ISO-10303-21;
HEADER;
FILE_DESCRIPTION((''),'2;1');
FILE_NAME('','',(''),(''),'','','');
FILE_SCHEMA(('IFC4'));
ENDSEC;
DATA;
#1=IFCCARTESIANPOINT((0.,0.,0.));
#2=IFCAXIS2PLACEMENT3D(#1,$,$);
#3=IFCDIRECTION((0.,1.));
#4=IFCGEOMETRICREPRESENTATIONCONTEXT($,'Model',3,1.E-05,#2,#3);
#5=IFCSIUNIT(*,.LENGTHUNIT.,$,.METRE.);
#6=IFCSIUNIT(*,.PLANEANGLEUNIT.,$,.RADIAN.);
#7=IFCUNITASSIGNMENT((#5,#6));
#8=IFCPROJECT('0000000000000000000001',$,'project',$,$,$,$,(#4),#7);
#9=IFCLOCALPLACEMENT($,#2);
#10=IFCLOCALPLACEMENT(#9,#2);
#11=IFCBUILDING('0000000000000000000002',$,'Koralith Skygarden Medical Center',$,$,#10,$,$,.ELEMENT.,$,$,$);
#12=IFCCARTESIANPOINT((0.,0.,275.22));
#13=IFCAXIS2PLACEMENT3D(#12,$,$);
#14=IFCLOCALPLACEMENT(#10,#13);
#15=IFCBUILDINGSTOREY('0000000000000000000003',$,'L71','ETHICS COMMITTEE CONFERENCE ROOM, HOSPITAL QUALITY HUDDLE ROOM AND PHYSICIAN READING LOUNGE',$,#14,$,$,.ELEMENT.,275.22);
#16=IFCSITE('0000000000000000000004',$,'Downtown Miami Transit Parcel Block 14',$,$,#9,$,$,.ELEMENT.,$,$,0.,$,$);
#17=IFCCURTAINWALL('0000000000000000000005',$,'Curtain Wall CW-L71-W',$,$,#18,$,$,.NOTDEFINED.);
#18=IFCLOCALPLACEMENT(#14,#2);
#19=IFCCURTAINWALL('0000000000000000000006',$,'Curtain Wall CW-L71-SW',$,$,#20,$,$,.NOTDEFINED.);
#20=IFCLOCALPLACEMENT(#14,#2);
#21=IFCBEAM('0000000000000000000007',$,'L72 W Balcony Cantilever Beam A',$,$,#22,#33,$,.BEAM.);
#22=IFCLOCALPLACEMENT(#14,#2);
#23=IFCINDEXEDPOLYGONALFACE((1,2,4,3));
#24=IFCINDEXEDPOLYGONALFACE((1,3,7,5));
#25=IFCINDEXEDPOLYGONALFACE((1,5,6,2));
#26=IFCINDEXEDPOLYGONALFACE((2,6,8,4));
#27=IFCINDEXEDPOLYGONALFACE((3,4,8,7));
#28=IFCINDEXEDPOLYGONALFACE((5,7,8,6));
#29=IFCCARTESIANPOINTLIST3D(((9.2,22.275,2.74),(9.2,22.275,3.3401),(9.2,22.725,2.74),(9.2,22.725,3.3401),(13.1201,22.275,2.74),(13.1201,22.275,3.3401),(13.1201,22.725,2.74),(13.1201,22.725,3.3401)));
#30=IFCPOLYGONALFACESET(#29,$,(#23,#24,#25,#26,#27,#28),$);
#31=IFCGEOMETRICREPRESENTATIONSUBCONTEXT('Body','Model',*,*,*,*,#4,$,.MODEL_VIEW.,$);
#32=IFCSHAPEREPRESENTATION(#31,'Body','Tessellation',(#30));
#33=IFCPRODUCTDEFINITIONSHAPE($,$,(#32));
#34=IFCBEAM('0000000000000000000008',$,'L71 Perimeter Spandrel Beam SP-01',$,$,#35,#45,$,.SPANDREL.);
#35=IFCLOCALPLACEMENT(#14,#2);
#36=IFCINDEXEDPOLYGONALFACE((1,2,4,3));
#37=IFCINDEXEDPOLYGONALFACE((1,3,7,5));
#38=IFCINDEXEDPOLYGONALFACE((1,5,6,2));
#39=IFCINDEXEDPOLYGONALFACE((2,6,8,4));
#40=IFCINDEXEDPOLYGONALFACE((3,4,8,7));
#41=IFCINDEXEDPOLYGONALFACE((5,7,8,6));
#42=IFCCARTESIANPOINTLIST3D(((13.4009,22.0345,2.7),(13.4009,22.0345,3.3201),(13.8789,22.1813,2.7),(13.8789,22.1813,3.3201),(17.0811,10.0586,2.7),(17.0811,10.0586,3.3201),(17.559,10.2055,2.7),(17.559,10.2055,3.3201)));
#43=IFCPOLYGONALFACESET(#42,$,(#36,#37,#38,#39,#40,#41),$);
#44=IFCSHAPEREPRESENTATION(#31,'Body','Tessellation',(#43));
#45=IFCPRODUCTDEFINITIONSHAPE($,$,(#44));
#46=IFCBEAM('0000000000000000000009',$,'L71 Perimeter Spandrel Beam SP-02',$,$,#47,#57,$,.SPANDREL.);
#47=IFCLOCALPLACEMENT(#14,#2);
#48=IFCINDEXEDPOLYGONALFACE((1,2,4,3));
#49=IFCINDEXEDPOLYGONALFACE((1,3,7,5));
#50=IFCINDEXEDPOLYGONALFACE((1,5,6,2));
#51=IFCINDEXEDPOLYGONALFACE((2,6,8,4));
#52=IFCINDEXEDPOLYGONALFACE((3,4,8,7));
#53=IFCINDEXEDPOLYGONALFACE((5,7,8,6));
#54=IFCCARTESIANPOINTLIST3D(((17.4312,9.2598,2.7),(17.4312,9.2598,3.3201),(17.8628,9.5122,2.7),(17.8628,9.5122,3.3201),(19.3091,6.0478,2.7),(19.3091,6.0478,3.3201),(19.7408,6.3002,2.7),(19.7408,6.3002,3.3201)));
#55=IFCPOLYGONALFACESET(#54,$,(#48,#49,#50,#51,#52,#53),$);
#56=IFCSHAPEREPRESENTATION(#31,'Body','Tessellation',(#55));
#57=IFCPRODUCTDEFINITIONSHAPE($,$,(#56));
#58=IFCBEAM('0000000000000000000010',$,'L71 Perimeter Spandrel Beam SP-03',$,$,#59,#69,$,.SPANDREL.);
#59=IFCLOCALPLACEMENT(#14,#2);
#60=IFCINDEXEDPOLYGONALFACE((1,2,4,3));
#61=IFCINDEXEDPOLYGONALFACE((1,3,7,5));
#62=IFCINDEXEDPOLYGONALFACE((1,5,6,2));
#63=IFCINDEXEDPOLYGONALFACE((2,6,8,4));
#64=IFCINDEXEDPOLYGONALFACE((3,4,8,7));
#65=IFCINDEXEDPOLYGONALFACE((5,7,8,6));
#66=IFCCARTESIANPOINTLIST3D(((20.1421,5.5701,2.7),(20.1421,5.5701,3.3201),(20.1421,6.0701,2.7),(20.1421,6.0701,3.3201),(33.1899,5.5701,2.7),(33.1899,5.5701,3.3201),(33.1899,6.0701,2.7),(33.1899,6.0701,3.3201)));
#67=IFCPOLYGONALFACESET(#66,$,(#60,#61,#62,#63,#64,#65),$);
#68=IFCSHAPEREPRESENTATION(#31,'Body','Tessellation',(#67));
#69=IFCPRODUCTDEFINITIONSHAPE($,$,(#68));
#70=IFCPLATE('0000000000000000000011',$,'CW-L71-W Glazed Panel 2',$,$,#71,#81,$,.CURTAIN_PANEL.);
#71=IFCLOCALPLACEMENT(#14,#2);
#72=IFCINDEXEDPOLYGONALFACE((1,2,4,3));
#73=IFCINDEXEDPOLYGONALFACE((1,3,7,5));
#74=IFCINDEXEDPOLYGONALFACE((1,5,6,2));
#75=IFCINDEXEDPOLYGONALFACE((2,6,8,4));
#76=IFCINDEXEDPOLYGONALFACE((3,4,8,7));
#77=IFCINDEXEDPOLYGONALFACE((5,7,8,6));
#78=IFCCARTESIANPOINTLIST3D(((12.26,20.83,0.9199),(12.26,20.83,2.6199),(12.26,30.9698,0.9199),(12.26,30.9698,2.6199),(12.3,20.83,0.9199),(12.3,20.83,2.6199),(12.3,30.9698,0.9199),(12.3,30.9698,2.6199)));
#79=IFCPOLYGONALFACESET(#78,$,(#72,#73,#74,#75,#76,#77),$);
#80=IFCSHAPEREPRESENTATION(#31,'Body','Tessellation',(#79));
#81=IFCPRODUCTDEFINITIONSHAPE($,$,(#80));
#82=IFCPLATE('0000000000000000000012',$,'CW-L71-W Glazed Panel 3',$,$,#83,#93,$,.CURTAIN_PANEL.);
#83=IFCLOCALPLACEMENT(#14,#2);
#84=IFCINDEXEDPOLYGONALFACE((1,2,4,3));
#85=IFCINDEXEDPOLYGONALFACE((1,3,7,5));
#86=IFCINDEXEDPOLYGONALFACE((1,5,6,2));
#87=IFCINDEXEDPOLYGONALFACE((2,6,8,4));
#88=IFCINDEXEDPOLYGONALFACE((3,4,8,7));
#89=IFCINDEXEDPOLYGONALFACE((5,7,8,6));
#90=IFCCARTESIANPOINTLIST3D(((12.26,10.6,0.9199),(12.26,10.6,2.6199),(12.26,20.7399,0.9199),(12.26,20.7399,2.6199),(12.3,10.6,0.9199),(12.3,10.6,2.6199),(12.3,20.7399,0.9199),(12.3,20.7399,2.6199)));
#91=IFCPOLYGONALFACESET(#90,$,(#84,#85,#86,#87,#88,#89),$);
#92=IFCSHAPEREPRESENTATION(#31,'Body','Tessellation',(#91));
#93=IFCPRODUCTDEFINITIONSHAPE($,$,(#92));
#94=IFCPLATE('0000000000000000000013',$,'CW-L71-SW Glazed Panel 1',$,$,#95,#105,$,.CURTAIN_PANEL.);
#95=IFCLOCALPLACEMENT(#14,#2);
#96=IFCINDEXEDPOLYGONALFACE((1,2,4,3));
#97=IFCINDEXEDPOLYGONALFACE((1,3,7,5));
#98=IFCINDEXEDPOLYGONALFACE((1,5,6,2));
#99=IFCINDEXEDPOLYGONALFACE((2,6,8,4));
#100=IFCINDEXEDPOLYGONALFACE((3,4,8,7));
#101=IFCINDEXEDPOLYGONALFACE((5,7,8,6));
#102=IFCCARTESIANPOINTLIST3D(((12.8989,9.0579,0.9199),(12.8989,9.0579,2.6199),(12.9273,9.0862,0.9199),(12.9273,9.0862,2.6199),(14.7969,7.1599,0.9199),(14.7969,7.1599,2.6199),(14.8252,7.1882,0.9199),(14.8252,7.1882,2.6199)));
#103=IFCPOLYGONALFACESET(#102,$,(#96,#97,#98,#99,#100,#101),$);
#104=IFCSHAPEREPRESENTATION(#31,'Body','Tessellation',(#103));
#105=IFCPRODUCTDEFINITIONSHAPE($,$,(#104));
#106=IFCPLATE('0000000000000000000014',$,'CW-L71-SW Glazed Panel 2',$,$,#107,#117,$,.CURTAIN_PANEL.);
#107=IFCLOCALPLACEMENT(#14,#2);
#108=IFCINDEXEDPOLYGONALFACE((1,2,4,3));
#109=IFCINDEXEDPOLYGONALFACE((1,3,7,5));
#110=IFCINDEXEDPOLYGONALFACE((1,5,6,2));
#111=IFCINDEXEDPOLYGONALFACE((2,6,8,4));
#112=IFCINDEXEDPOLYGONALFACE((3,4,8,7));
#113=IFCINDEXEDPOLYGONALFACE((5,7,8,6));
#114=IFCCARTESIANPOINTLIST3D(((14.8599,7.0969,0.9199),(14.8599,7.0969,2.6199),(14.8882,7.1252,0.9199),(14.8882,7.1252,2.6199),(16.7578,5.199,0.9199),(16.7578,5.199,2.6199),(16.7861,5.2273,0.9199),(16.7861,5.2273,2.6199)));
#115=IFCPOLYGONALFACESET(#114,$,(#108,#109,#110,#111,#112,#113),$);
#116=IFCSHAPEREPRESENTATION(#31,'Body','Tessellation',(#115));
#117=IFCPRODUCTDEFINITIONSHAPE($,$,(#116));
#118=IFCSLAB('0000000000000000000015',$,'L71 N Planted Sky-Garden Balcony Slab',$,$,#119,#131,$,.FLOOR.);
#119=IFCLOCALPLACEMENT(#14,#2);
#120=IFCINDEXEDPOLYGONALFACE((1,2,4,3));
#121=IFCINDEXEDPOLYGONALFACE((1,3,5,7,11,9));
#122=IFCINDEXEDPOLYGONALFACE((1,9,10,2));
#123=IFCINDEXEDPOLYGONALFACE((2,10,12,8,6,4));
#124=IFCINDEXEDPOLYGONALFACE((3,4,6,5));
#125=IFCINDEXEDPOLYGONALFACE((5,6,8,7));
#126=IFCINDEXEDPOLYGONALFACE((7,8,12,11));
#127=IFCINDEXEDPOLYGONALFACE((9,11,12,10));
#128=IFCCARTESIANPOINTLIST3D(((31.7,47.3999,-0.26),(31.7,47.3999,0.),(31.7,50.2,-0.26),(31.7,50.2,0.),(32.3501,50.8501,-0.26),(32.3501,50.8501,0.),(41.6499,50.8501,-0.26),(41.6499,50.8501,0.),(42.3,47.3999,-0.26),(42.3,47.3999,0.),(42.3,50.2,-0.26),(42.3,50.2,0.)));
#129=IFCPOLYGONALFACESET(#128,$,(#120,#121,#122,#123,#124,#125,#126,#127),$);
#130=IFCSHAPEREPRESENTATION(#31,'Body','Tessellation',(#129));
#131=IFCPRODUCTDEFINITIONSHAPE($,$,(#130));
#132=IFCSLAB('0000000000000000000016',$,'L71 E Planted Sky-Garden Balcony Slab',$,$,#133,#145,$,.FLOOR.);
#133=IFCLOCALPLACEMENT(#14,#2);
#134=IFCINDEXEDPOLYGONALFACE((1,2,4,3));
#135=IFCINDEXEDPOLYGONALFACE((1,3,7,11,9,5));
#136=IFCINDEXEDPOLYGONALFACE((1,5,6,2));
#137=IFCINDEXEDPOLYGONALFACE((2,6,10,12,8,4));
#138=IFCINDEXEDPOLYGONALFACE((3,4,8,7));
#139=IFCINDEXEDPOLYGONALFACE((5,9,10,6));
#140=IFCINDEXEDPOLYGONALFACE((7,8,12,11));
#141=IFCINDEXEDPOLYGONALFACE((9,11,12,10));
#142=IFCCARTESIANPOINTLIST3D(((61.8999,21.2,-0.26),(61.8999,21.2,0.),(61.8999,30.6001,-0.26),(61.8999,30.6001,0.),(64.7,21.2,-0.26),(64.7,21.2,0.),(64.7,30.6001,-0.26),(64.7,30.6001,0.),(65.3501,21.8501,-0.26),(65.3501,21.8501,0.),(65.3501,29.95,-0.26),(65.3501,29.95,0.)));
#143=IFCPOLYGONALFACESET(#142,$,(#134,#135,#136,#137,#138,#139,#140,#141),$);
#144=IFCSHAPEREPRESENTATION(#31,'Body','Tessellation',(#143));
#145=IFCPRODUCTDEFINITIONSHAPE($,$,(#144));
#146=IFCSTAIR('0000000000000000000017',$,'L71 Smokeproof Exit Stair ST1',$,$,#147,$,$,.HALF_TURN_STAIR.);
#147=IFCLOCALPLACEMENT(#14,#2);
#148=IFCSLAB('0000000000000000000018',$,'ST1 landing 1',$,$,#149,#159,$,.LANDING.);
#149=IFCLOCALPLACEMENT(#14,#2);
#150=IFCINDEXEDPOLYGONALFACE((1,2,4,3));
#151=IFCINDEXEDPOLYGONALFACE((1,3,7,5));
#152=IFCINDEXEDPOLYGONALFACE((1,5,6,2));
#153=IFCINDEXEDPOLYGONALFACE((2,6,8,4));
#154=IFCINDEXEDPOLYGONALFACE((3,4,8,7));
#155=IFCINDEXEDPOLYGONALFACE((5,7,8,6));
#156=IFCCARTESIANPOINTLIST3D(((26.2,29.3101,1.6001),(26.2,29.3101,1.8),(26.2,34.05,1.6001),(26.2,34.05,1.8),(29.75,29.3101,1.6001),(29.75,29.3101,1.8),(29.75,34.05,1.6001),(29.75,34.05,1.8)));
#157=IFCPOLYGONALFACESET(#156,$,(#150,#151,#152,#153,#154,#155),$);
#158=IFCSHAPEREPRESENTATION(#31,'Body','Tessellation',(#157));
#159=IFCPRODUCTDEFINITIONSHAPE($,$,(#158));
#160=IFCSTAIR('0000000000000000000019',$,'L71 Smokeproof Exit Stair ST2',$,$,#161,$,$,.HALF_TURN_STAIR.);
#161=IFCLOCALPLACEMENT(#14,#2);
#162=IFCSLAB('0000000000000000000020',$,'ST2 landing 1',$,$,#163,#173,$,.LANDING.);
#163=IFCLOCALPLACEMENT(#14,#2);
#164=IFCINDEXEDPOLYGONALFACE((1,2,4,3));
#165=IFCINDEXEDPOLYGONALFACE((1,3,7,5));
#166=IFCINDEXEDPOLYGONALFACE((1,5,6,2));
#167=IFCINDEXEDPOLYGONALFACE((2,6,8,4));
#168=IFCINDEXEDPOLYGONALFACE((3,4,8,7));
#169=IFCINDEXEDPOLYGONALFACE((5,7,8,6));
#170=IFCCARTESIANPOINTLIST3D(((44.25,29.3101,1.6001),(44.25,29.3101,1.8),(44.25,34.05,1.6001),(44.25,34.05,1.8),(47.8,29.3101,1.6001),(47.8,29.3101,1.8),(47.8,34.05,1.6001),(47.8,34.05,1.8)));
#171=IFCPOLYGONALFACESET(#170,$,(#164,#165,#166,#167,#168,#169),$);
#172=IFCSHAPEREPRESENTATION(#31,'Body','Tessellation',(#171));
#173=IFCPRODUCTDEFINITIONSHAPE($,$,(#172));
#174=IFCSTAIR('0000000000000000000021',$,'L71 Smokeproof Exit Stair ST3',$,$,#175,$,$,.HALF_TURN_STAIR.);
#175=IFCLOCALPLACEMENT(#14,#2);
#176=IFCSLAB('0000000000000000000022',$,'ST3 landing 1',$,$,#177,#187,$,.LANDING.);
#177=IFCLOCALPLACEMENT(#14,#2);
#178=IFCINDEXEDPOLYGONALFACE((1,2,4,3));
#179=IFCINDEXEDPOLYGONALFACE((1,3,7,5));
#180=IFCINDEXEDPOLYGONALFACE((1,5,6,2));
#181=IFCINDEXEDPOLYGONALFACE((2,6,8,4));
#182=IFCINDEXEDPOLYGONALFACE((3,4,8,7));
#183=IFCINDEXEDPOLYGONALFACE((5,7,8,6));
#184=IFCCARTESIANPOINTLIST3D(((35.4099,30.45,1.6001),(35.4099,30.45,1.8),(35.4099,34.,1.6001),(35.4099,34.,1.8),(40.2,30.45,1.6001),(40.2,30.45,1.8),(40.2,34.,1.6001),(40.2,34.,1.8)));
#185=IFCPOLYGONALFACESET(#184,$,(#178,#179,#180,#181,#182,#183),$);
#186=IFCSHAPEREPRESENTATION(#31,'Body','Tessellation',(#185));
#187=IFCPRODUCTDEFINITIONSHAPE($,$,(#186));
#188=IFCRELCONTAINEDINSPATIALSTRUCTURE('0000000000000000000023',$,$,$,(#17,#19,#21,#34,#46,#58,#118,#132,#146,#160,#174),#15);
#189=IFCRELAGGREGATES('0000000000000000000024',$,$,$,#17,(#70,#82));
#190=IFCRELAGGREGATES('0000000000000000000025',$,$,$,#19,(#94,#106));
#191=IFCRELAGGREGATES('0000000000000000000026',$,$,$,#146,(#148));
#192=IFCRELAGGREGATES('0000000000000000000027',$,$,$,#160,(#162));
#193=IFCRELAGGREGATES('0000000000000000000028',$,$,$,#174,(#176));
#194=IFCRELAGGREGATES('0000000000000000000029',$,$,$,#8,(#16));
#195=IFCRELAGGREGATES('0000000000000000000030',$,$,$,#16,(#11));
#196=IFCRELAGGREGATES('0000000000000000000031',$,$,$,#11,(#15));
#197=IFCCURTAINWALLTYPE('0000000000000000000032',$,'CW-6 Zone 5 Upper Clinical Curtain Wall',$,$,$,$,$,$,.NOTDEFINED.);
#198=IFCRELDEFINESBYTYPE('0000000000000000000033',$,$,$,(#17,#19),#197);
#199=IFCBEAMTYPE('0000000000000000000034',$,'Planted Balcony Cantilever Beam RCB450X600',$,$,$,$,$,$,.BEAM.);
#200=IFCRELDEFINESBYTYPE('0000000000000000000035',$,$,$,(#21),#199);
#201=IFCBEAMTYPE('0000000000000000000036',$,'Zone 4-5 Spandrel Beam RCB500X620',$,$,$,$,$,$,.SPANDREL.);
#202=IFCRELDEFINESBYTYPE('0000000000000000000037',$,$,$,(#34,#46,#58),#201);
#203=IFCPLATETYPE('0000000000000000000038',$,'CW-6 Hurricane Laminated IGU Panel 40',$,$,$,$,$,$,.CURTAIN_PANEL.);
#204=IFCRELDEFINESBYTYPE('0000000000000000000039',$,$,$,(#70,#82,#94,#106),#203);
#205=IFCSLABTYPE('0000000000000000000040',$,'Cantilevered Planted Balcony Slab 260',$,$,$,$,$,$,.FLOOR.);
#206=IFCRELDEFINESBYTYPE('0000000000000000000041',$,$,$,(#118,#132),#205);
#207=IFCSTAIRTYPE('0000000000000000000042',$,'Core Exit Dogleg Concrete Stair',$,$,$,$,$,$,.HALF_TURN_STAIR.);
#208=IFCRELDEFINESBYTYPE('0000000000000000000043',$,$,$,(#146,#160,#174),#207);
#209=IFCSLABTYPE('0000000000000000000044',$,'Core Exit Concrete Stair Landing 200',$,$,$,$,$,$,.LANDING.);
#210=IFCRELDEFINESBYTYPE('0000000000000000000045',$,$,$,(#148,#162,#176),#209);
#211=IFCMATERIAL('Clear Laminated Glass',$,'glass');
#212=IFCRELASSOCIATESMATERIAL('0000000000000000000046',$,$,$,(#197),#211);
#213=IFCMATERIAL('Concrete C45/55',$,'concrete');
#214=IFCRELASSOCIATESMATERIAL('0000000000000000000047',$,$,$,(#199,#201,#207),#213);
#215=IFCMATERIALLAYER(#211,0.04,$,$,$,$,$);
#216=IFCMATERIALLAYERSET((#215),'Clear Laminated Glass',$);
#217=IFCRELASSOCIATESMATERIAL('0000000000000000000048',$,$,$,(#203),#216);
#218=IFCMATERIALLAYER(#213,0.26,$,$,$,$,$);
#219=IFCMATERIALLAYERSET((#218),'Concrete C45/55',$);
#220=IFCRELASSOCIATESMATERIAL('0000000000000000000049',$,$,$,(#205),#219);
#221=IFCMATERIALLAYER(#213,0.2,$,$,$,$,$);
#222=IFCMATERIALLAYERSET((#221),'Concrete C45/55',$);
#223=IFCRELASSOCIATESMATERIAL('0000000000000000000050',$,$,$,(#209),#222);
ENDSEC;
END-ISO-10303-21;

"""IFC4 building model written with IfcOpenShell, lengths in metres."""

from ifc_helpers import new_model, si_unit, direction, frame, origin, origin_2d, place, context, subcontext, project, spatial, polyline, rectangle, outline, extrude, material, layer, layer_set, material_profile, profile_set, type_object, element, aggregate, save


model = new_model("IFC4")

# Units and contexts
model_context = context("Model", 3, precision=1e-05, world=origin(), true_north=direction((0.0, 1.0)))
body_context = subcontext(model_context, "Body", "Model", "MODEL_VIEW")
ifc_project = project(units=[si_unit("LENGTHUNIT", "METRE"), si_unit("PLANEANGLEUNIT", "RADIAN")], contexts=[model_context])

# Site, building, storey
site_placement = place(None, origin())
site = spatial("IfcSite", under=ifc_project, at=site_placement, Name="Downtown Miami Transit Parcel Block 14", CompositionType="ELEMENT", RefElevation=0.0)
building_placement = place(site_placement, origin())
building = spatial("IfcBuilding", under=site, at=building_placement, Name="Koralith Skygarden Medical Center", CompositionType="ELEMENT")
storey_placement = place(building_placement, frame((0.0, 0.0, 275.22)))
storey = spatial("IfcBuildingStorey", under=building, at=storey_placement, Name="L71", Description="ETHICS COMMITTEE CONFERENCE ROOM, HOSPITAL QUALITY HUDDLE ROOM AND PHYSICIAN READING LOUNGE", CompositionType="ELEMENT", Elevation=275.22)

# Shared definitions
ifc_material_1 = material(Name="Clear Laminated Glass", Category="glass")
curtain_wall_type = type_object("IfcCurtainWallType", Name="CW-6 Zone 5 Upper Clinical Curtain Wall", PredefinedType="NOTDEFINED", material=ifc_material_1)

# Curtain walls
curtain_wall_1_placement = place(storey_placement, origin())
curtain_wall_1 = element("IfcCurtainWall", 1, at=curtain_wall_1_placement, inside=storey, type_object=curtain_wall_type, Name="Curtain Wall CW-L71-W", PredefinedType="NOTDEFINED")
curtain_wall_2_placement = place(storey_placement, origin())
curtain_wall_2 = element("IfcCurtainWall", 2, at=curtain_wall_2_placement, inside=storey, type_object=curtain_wall_type, Name="Curtain Wall CW-L71-SW", PredefinedType="NOTDEFINED")

# Beams
ifc_material_2 = material(Name="Concrete C45/55", Category="concrete")
ifc_material_profile_1 = material_profile(ifc_material_2, rectangle(XDim=0.45, YDim=0.6001, at=origin_2d()), Name="RCB450X600")
ifc_profile_set_1 = profile_set([ifc_material_profile_1], Name="Concrete C45/55")
beam_type_1 = type_object("IfcBeamType", Name="Planted Balcony Cantilever Beam RCB450X600", PredefinedType="BEAM", material=ifc_profile_set_1)
beam_1_placement = place(storey_placement, frame((13.1201, 22.5, 3.04), z_axis=(-1.0, 0.0, 0.0), x_axis=(0.0, -1.0, 0.0)))
element("IfcBeam", 3, at=beam_1_placement, inside=storey, type_object=beam_type_1, Name="L72 W Balcony Cantilever Beam A", PredefinedType="BEAM", context=body_context, shape_type="SweptSolid", body=[
    extrude(rectangle(XDim=0.45, YDim=0.6001, at=origin_2d()), origin(), (0.0, 0.0, 1.0), 3.9202),
])
ifc_material_profile_2 = material_profile(ifc_material_2, rectangle(XDim=0.5, YDim=0.6201, at=origin_2d()), Name="RCB500X620")
ifc_profile_set_2 = profile_set([ifc_material_profile_2], Name="Concrete C45/55")
beam_type_2 = type_object("IfcBeamType", Name="Zone 4-5 Spandrel Beam RCB500X620", PredefinedType="SPANDREL", material=ifc_profile_set_2)
beam_2_placement = place(storey_placement, frame((13.6399, 22.1079, 3.01), z_axis=(0.293743, -0.955884, 0.0), x_axis=(0.955884, 0.293743, 0.0)))
element("IfcBeam", 4, at=beam_2_placement, inside=storey, type_object=beam_type_2, Name="L71 Perimeter Spandrel Beam SP-01", PredefinedType="SPANDREL", context=body_context, shape_type="SweptSolid", body=[
    extrude(rectangle(XDim=0.5, YDim=0.6201, at=origin_2d()), origin(), (0.0, 0.0, 1.0), 12.5286),
])
beam_3_placement = place(storey_placement, frame((17.647, 9.386, 3.01), z_axis=(0.504736, -0.863274, 0.0), x_axis=(0.863274, 0.504736, 0.0)))
element("IfcBeam", 5, at=beam_3_placement, inside=storey, type_object=beam_type_2, Name="L71 Perimeter Spandrel Beam SP-02", PredefinedType="SPANDREL", context=body_context, shape_type="SweptSolid", body=[
    extrude(rectangle(XDim=0.5, YDim=0.6201, at=origin_2d()), origin(), (0.0, 0.0, 1.0), 3.7207),
])
beam_4_placement = place(storey_placement, frame((20.1421, 5.8201, 3.01), z_axis=(1.0, 0.0, 0.0), x_axis=(0.0, 1.0, 0.0)))
element("IfcBeam", 6, at=beam_4_placement, inside=storey, type_object=beam_type_2, Name="L71 Perimeter Spandrel Beam SP-03", PredefinedType="SPANDREL", context=body_context, shape_type="SweptSolid", body=[
    extrude(rectangle(XDim=0.5, YDim=0.6201, at=origin_2d()), origin(), (0.0, 0.0, 1.0), 13.0479),
])

# Plates
ifc_layer_1 = layer(ifc_material_1, 0.04)
ifc_layer_set_1 = layer_set([ifc_layer_1], Name="Clear Laminated Glass")
plate_type_1 = type_object("IfcPlateType", Name="CW-6 Hurricane Laminated IGU Panel 40", PredefinedType="CURTAIN_PANEL", material=ifc_layer_set_1)
plate_1_placement = place(storey_placement, frame((12.28, 25.8999, 0.9199), z_axis=(0.0, 0.0, 1.0), x_axis=(0.0, -1.0, 0.0)))
plate_1 = element("IfcPlate", 7, at=plate_1_placement, type_object=plate_type_1, Name="CW-L71-W Glazed Panel 2", PredefinedType="CURTAIN_PANEL", context=body_context, shape_type="SweptSolid", body=[
    extrude(rectangle(XDim=10.1399, YDim=0.04, at=origin_2d()), origin(), (0.0, 0.0, 1.0), 1.7),
])
plate_2_placement = place(storey_placement, frame((12.28, 15.6699, 0.9199), z_axis=(0.0, 0.0, 1.0), x_axis=(0.0, -1.0, 0.0)))
plate_2 = element("IfcPlate", 8, at=plate_2_placement, type_object=plate_type_1, Name="CW-L71-W Glazed Panel 3", PredefinedType="CURTAIN_PANEL", context=body_context, shape_type="SweptSolid", body=[
    extrude(rectangle(XDim=10.1399, YDim=0.04, at=origin_2d()), origin(), (0.0, 0.0, 1.0), 1.7),
])
aggregate(curtain_wall_1, [plate_1, plate_2])
plate_3_placement = place(storey_placement, frame((13.8621, 8.123, 0.9199), z_axis=(0.0, 0.0, 1.0), x_axis=(0.707107, -0.707107, 0.0)))
plate_3 = element("IfcPlate", 9, at=plate_3_placement, type_object=plate_type_1, Name="CW-L71-SW Glazed Panel 1", PredefinedType="CURTAIN_PANEL", context=body_context, shape_type="SweptSolid", body=[
    extrude(rectangle(XDim=2.6841, YDim=0.04, at=origin_2d()), origin(), (0.0, 0.0, 1.0), 1.7),
])
plate_4_placement = place(storey_placement, frame((15.823, 6.1621, 0.9199), z_axis=(0.0, 0.0, 1.0), x_axis=(0.707107, -0.707107, 0.0)))
plate_4 = element("IfcPlate", 10, at=plate_4_placement, type_object=plate_type_1, Name="CW-L71-SW Glazed Panel 2", PredefinedType="CURTAIN_PANEL", context=body_context, shape_type="SweptSolid", body=[
    extrude(rectangle(XDim=2.6841, YDim=0.04, at=origin_2d()), origin(), (0.0, 0.0, 1.0), 1.7),
])
aggregate(curtain_wall_2, [plate_3, plate_4])

# Slabs
ifc_layer_2 = layer(ifc_material_2, 0.26)
ifc_layer_set_2 = layer_set([ifc_layer_2], Name="Concrete C45/55")
slab_type_1 = type_object("IfcSlabType", Name="Cantilevered Planted Balcony Slab 260", PredefinedType="FLOOR", material=ifc_layer_set_2)
slab_1_placement = place(storey_placement, frame((0.0, 0.0, -0.26)))
element("IfcSlab", 11, at=slab_1_placement, inside=storey, type_object=slab_type_1, Name="L71 N Planted Sky-Garden Balcony Slab", PredefinedType="FLOOR", context=body_context, shape_type="SweptSolid", body=[
    extrude(outline(polyline([(31.7, 47.3999), (42.3, 47.3999), (42.3, 50.2), (41.6499, 50.8501), (32.3501, 50.8501), (31.7, 50.2), (31.7, 47.3999)])), origin(), (0.0, 0.0, 1.0), 0.26),
])
slab_2_placement = place(storey_placement, frame((0.0, 0.0, -0.26)))
element("IfcSlab", 12, at=slab_2_placement, inside=storey, type_object=slab_type_1, Name="L71 E Planted Sky-Garden Balcony Slab", PredefinedType="FLOOR", context=body_context, shape_type="SweptSolid", body=[
    extrude(outline(polyline([(61.8999, 21.2), (64.7, 21.2), (65.3501, 21.8501), (65.3501, 29.95), (64.7, 30.6001), (61.8999, 30.6001), (61.8999, 21.2)])), origin(), (0.0, 0.0, 1.0), 0.26),
])

# Stairs, slabs
stair_type = type_object("IfcStairType", Name="Core Exit Dogleg Concrete Stair", PredefinedType="HALF_TURN_STAIR", material=ifc_material_2)
stair_1_placement = place(storey_placement, origin())
stair_1 = element("IfcStair", 13, at=stair_1_placement, inside=storey, type_object=stair_type, Name="L71 Smokeproof Exit Stair ST1", PredefinedType="HALF_TURN_STAIR")
ifc_layer_3 = layer(ifc_material_2, 0.2)
ifc_layer_set_3 = layer_set([ifc_layer_3], Name="Concrete C45/55")
slab_type_2 = type_object("IfcSlabType", Name="Core Exit Concrete Stair Landing 200", PredefinedType="LANDING", material=ifc_layer_set_3)
slab_3_placement = place(storey_placement, frame((0.0, 0.0, 1.6001)))
slab_3 = element("IfcSlab", 14, at=slab_3_placement, type_object=slab_type_2, Name="ST1 landing 1", PredefinedType="LANDING", context=body_context, shape_type="SweptSolid", body=[
    extrude(outline(polyline([(29.75, 29.3101), (29.75, 34.05), (26.2, 34.05), (26.2, 29.3101), (29.75, 29.3101)])), origin(), (0.0, 0.0, 1.0), 0.2),
])
aggregate(stair_1, [slab_3])
stair_2_placement = place(storey_placement, origin())
stair_2 = element("IfcStair", 15, at=stair_2_placement, inside=storey, type_object=stair_type, Name="L71 Smokeproof Exit Stair ST2", PredefinedType="HALF_TURN_STAIR")
slab_4_placement = place(storey_placement, frame((0.0, 0.0, 1.6001)))
slab_4 = element("IfcSlab", 16, at=slab_4_placement, type_object=slab_type_2, Name="ST2 landing 1", PredefinedType="LANDING", context=body_context, shape_type="SweptSolid", body=[
    extrude(outline(polyline([(47.8, 29.3101), (47.8, 34.05), (44.25, 34.05), (44.25, 29.3101), (47.8, 29.3101)])), origin(), (0.0, 0.0, 1.0), 0.2),
])
aggregate(stair_2, [slab_4])
stair_3_placement = place(storey_placement, origin())
stair_3 = element("IfcStair", 17, at=stair_3_placement, inside=storey, type_object=stair_type, Name="L71 Smokeproof Exit Stair ST3", PredefinedType="HALF_TURN_STAIR")
slab_5_placement = place(storey_placement, frame((0.0, 0.0, 1.6001)))
slab_5 = element("IfcSlab", 18, at=slab_5_placement, type_object=slab_type_2, Name="ST3 landing 1", PredefinedType="LANDING", context=body_context, shape_type="SweptSolid", body=[
    extrude(outline(polyline([(35.4099, 30.45), (40.2, 30.45), (40.2, 34.0), (35.4099, 34.0), (35.4099, 30.45)])), origin(), (0.0, 0.0, 1.0), 0.2),
])
aggregate(stair_3, [slab_5])

save(model, "model.ifc")
